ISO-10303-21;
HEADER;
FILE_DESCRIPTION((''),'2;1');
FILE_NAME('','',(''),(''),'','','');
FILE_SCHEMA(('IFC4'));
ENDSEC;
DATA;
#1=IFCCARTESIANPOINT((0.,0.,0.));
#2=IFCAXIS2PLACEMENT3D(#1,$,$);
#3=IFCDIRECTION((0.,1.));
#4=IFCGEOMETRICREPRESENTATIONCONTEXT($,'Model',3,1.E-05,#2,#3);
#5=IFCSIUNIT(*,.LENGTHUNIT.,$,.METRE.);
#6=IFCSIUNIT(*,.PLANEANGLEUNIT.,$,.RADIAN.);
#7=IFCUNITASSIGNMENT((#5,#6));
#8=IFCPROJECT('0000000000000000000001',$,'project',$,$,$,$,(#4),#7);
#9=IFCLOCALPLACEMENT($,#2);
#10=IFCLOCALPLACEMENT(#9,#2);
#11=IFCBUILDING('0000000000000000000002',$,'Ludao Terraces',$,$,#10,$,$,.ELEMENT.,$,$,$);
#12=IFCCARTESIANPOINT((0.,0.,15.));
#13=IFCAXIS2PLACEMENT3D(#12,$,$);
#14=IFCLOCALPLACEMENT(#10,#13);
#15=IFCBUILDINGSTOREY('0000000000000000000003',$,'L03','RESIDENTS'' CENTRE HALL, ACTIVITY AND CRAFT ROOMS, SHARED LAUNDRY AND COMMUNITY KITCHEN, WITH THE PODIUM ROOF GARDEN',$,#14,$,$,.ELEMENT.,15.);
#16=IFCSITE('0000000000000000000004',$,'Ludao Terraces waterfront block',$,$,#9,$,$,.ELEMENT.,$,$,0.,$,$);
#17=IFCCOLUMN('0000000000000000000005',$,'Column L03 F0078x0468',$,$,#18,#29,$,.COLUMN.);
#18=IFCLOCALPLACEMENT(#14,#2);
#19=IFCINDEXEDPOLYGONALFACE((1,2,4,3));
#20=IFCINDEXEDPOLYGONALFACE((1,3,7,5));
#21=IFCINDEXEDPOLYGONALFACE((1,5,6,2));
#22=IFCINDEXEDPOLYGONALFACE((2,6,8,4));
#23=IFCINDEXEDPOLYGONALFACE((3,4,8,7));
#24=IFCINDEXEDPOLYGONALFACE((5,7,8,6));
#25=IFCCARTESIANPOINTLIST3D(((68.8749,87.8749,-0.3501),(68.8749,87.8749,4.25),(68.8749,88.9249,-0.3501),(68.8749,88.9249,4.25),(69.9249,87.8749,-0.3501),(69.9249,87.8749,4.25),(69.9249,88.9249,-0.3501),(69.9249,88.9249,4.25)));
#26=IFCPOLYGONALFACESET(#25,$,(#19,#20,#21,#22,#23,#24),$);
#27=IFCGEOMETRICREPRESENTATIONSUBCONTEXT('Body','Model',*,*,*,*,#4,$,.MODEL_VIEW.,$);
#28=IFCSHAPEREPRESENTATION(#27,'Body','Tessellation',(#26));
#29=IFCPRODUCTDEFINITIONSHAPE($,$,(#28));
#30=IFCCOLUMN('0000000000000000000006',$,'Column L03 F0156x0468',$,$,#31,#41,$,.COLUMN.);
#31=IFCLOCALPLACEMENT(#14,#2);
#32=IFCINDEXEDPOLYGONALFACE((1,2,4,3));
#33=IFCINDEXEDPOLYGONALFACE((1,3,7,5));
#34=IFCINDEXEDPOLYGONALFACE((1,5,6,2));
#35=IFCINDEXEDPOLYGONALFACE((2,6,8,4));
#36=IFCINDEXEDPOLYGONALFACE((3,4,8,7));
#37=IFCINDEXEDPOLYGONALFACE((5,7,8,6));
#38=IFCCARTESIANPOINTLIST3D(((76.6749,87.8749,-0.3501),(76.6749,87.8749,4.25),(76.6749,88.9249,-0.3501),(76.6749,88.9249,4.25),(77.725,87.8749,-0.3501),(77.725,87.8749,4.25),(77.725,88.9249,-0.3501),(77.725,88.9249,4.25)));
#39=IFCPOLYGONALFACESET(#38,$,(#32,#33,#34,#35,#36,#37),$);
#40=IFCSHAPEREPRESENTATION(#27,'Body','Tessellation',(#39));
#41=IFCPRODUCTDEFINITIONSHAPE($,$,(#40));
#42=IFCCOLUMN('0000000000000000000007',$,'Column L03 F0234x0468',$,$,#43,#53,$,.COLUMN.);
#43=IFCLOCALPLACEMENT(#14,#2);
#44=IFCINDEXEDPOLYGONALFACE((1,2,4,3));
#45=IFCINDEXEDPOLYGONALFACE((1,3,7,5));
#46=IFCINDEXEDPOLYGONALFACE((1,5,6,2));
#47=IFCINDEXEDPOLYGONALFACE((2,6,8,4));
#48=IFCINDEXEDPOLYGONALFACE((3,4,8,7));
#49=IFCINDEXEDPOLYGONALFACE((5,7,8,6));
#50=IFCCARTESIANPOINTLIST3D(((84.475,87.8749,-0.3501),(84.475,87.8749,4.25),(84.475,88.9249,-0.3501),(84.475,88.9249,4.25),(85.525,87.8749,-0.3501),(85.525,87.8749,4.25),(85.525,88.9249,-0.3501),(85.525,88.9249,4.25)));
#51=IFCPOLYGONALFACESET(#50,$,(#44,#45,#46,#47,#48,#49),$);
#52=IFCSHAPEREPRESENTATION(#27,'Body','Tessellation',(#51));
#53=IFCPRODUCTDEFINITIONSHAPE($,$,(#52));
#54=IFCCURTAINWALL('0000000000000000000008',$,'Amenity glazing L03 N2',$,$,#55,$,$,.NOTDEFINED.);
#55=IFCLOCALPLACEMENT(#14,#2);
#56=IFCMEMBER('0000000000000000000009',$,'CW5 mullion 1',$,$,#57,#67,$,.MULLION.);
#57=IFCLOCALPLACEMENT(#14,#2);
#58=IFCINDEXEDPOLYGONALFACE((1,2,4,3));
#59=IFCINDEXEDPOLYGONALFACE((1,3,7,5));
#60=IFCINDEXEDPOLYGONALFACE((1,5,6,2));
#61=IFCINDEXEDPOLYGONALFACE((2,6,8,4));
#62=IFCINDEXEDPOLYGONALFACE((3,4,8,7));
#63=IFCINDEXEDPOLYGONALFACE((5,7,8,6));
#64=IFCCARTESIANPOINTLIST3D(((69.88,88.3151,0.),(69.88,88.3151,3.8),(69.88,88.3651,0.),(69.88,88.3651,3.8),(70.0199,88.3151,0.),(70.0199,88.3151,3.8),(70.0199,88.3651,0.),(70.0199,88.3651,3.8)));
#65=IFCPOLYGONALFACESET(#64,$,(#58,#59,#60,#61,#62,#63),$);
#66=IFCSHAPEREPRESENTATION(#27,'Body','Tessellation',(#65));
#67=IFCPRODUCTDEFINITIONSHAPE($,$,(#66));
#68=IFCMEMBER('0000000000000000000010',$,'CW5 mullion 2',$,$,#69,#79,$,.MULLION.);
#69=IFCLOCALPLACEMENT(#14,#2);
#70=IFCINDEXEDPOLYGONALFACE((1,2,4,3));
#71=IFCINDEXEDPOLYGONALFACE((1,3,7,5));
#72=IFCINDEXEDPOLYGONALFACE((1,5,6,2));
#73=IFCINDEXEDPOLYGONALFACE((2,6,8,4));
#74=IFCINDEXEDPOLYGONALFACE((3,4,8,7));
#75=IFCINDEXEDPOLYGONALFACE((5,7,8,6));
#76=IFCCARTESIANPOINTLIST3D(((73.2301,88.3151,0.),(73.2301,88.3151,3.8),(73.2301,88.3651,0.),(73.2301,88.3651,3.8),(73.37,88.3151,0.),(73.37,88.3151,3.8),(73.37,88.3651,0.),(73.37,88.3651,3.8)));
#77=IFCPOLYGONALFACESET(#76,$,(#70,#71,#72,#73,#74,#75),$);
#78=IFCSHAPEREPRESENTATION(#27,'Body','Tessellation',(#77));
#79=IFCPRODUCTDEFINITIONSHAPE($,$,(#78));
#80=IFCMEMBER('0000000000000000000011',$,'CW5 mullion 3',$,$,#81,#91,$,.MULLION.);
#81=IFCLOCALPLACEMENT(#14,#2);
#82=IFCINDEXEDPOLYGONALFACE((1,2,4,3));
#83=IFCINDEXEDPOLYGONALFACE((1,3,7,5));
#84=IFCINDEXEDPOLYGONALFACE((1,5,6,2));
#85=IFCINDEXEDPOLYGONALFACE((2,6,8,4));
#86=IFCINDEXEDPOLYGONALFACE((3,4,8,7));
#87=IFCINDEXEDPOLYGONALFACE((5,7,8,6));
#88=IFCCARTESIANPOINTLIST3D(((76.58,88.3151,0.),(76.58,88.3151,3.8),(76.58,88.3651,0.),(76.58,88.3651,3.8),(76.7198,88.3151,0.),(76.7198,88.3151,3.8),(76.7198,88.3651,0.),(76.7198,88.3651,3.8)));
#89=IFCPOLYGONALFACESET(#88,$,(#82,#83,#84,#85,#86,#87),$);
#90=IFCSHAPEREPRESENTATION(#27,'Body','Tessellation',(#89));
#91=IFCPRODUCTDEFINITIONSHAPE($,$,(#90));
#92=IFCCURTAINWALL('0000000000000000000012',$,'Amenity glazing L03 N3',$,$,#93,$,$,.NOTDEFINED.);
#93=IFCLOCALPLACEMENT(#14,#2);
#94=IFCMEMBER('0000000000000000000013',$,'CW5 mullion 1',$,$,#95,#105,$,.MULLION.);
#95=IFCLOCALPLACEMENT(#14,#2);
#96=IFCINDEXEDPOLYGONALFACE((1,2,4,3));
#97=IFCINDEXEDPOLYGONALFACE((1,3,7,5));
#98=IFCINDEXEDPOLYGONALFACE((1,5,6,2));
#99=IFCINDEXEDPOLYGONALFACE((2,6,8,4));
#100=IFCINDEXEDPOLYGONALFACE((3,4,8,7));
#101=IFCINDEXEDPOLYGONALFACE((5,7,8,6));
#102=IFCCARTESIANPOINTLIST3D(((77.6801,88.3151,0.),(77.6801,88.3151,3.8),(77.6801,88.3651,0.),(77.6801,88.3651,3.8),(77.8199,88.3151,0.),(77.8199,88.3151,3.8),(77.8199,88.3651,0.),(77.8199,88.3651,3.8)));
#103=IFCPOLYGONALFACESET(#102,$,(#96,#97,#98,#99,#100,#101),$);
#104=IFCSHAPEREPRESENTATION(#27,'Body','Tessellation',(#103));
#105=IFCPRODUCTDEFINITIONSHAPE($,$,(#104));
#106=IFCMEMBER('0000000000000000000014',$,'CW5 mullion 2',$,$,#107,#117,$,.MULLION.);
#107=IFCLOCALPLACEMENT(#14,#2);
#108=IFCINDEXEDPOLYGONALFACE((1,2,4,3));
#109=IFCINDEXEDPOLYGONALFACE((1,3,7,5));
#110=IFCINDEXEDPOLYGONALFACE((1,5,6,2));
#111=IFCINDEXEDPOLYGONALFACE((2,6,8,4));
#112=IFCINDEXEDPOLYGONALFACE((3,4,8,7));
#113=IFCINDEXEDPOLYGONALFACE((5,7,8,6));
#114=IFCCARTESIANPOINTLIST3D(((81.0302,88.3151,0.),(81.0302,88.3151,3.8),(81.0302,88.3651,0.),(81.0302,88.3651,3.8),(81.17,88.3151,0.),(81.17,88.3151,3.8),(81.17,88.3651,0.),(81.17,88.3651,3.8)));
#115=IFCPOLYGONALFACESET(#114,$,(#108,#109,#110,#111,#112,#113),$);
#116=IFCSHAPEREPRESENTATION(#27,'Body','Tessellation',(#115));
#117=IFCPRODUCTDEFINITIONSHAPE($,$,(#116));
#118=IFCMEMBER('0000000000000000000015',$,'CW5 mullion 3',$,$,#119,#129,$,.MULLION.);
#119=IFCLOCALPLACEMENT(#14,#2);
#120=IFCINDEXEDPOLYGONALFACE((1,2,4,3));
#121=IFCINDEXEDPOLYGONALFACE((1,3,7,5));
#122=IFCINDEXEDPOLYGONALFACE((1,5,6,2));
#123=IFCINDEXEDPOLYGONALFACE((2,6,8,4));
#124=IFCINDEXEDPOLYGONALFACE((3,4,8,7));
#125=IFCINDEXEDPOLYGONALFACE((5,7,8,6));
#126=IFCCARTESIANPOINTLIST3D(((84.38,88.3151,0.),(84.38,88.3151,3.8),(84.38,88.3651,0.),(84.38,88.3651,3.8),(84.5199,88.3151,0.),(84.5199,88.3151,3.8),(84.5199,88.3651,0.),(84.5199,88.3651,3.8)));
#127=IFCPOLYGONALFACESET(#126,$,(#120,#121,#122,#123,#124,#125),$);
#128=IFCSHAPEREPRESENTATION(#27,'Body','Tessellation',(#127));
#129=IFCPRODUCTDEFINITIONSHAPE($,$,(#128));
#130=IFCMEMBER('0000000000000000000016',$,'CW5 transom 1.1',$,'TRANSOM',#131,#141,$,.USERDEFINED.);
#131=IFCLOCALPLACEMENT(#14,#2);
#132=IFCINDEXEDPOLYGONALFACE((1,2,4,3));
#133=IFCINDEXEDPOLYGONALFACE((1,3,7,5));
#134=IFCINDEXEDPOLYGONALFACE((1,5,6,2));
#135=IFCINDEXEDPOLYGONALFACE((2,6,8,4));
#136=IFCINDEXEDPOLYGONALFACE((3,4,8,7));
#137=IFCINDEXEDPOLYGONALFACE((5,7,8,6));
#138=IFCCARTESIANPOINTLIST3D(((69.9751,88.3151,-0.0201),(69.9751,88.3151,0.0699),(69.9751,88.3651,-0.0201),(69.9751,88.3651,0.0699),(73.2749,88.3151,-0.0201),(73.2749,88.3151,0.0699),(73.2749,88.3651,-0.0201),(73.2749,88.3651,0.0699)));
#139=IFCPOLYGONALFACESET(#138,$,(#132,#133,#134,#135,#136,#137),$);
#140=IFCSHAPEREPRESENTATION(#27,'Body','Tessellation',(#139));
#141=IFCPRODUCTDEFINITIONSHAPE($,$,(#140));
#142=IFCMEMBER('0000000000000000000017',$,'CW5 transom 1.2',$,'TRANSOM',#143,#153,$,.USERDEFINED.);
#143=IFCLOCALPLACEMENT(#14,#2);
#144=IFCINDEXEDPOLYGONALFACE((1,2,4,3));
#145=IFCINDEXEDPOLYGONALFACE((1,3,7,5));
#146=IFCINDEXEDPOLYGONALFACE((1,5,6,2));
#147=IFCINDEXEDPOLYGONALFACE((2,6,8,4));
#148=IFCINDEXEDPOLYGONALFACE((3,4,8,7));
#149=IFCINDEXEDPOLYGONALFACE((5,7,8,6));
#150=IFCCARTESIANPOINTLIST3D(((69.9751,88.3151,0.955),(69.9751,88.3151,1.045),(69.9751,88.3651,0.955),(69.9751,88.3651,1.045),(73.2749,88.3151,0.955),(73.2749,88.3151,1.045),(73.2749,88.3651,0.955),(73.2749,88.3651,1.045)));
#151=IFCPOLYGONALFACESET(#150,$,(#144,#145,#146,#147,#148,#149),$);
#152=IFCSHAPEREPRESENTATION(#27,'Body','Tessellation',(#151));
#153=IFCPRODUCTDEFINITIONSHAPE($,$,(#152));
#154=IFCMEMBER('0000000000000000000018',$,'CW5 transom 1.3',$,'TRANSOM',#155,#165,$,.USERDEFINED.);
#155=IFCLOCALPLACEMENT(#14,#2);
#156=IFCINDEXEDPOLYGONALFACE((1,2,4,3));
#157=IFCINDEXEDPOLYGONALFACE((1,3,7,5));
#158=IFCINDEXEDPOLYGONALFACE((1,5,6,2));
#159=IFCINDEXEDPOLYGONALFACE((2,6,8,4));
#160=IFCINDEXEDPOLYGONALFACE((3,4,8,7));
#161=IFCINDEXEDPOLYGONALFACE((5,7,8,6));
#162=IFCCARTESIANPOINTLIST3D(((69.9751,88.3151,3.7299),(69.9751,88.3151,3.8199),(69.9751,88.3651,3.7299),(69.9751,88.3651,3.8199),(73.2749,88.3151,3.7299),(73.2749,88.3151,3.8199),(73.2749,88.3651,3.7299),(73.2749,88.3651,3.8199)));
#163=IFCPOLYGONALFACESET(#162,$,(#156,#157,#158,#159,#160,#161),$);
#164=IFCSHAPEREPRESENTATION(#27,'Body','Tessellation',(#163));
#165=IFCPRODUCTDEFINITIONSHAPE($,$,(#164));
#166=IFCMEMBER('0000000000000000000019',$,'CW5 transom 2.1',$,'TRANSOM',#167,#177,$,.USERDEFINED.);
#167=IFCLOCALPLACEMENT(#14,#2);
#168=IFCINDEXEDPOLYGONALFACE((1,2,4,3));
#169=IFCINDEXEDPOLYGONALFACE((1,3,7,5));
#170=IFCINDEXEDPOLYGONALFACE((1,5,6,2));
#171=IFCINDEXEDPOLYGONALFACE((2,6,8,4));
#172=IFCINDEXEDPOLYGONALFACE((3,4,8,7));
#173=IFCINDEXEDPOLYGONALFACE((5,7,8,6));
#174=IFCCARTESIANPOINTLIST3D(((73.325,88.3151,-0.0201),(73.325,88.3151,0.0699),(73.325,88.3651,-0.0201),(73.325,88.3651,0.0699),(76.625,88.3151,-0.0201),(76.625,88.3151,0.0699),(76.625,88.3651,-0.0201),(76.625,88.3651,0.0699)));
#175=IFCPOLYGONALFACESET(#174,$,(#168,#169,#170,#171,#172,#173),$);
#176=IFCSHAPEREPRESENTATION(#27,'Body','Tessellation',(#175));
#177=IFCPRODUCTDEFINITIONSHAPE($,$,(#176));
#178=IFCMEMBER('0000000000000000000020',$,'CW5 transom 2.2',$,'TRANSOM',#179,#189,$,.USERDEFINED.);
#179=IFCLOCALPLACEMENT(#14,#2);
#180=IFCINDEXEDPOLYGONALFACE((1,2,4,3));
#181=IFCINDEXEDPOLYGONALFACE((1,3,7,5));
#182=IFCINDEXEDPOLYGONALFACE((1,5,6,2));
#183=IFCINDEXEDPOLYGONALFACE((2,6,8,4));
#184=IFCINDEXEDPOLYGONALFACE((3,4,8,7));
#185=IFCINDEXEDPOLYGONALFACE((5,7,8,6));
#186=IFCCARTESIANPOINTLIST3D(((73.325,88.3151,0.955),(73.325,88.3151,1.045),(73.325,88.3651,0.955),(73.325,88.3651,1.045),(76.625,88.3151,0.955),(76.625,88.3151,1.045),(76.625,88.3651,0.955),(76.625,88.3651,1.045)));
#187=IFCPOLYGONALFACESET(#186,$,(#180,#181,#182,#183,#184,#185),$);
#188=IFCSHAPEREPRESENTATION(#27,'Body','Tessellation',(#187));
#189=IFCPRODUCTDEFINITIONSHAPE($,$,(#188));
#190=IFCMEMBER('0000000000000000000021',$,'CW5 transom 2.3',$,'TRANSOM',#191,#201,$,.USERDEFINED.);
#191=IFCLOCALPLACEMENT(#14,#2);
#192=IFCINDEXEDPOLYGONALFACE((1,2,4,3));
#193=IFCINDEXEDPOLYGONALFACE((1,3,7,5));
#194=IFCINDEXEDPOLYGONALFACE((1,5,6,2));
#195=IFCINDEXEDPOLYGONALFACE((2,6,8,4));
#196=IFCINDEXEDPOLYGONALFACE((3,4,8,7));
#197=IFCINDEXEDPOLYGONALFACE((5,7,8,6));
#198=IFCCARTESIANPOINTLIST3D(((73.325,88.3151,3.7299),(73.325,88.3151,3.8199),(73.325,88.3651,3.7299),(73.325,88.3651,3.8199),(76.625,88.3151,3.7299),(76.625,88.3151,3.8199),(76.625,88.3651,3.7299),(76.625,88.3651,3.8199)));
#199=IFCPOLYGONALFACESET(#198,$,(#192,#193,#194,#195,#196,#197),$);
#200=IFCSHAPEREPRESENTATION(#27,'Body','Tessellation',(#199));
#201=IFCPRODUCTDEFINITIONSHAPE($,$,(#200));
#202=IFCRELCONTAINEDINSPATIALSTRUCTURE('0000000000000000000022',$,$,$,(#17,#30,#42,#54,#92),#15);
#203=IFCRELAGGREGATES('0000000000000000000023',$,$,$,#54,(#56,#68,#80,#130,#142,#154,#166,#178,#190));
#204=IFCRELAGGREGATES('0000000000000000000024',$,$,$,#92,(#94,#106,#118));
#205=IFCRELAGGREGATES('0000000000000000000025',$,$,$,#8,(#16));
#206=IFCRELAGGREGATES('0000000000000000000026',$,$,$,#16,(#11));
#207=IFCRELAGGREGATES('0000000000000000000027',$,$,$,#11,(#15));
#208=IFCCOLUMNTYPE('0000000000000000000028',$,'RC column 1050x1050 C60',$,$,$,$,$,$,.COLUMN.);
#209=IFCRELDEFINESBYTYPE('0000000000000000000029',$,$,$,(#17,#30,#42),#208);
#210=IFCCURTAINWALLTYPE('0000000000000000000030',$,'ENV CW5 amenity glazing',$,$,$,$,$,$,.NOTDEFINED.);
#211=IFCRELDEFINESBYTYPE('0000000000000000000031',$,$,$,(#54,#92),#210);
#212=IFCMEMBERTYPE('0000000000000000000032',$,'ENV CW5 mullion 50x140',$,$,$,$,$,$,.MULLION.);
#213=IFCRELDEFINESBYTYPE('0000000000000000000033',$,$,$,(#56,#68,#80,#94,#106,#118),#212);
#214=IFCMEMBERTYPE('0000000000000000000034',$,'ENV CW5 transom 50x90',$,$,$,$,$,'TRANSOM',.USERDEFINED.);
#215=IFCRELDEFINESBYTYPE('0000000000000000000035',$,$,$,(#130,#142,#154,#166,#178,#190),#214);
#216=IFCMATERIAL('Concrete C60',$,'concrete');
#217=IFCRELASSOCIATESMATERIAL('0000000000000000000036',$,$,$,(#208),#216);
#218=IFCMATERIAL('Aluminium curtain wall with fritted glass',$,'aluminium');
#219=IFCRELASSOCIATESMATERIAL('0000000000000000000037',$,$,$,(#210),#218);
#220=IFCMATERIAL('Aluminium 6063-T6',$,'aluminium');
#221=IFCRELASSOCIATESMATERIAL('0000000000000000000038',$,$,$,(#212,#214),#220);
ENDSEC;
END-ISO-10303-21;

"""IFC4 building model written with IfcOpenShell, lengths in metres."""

from ifc_helpers import new_model, si_unit, direction, frame, origin, origin_2d, place, context, subcontext, project, spatial, rectangle, extrude, material, material_profile, profile_set, type_object, element, aggregate, save


model = new_model("IFC4")

# Units and contexts
model_context = context("Model", 3, precision=1e-05, world=origin(), true_north=direction((0.0, 1.0)))
body_context = subcontext(model_context, "Body", "Model", "MODEL_VIEW")
ifc_project = project(units=[si_unit("LENGTHUNIT", "METRE"), si_unit("PLANEANGLEUNIT", "RADIAN")], contexts=[model_context])

# Site, building, storey
site_placement = place(None, origin())
site = spatial("IfcSite", under=ifc_project, at=site_placement, Name="Ludao Terraces waterfront block", CompositionType="ELEMENT", RefElevation=0.0)
building_placement = place(site_placement, origin())
building = spatial("IfcBuilding", under=site, at=building_placement, Name="Ludao Terraces", CompositionType="ELEMENT")
storey_placement = place(building_placement, frame((0.0, 0.0, 15.0)))
storey = spatial("IfcBuildingStorey", under=building, at=storey_placement, Name="L03", Description="RESIDENTS' CENTRE HALL, ACTIVITY AND CRAFT ROOMS, SHARED LAUNDRY AND COMMUNITY KITCHEN, WITH THE PODIUM ROOF GARDEN", CompositionType="ELEMENT", Elevation=15.0)

# Columns
ifc_material_1 = material(Name="Concrete C60", Category="concrete")
ifc_material_profile_1 = material_profile(ifc_material_1, rectangle(XDim=1.05, YDim=1.05, at=origin_2d()), Name="1050 X 1050")
ifc_profile_set_1 = profile_set([ifc_material_profile_1], Name="Concrete C60")
column_type = type_object("IfcColumnType", Name="RC column 1050x1050 C60", PredefinedType="COLUMN", material=ifc_profile_set_1)
for number, where, z_axis, x_axis, name in (
    (1, (69.3999, 88.3999, -0.3501), (0.0, 0.0, 1.0), (1.0, 0.0, 0.0), "Column L03 F0078x0468"),
    (2, (77.2, 88.3999, -0.3501), (0.0, 0.0, 1.0), (1.0, 0.0, 0.0), "Column L03 F0156x0468"),
    (3, (85.0, 88.3999, -0.3501), (0.0, 0.0, 1.0), (1.0, 0.0, 0.0), "Column L03 F0234x0468"),
):
    element("IfcColumn", number, at=place(storey_placement, frame(where, z_axis=z_axis, x_axis=x_axis)), inside=storey, type_object=column_type, Name=name, PredefinedType="COLUMN", context=body_context, shape_type="SweptSolid", body=[
        extrude(rectangle(XDim=1.05, YDim=1.05, at=origin_2d()), origin(), (0.0, 0.0, 1.0), 4.6001),
    ])

# Curtain walls, members
ifc_material_2 = material(Name="Aluminium curtain wall with fritted glass", Category="aluminium")
curtain_wall_type = type_object("IfcCurtainWallType", Name="ENV CW5 amenity glazing", PredefinedType="NOTDEFINED", material=ifc_material_2)
curtain_wall_1_placement = place(storey_placement, origin())
curtain_wall_1 = element("IfcCurtainWall", 4, at=curtain_wall_1_placement, inside=storey, type_object=curtain_wall_type, Name="Amenity glazing L03 N2", PredefinedType="NOTDEFINED")
ifc_material_3 = material(Name="Aluminium 6063-T6", Category="aluminium")
ifc_material_profile_2 = material_profile(ifc_material_3, rectangle(XDim=0.05, YDim=0.1399, at=origin_2d()), Name="50 X 140")
ifc_profile_set_2 = profile_set([ifc_material_profile_2], Name="Aluminium 6063-T6")
member_type_1 = type_object("IfcMemberType", Name="ENV CW5 mullion 50x140", PredefinedType="MULLION", material=ifc_profile_set_2)
member_1_placement = place(storey_placement, frame((69.95, 88.3401, 0.0), z_axis=(0.0, 0.0, 1.0), x_axis=(0.0, 1.0, 0.0)))
member_1 = element("IfcMember", 5, at=member_1_placement, type_object=member_type_1, Name="CW5 mullion 1", PredefinedType="MULLION", context=body_context, shape_type="SweptSolid", body=[
    extrude(rectangle(XDim=0.05, YDim=0.1399, at=origin_2d()), origin(), (0.0, 0.0, 1.0), 3.8),
])
member_2_placement = place(storey_placement, frame((73.3, 88.3401, 0.0), z_axis=(0.0, 0.0, 1.0), x_axis=(0.0, 1.0, 0.0)))
member_2 = element("IfcMember", 6, at=member_2_placement, type_object=member_type_1, Name="CW5 mullion 2", PredefinedType="MULLION", context=body_context, shape_type="SweptSolid", body=[
    extrude(rectangle(XDim=0.05, YDim=0.1399, at=origin_2d()), origin(), (0.0, 0.0, 1.0), 3.8),
])
member_3_placement = place(storey_placement, frame((76.6499, 88.3401, 0.0), z_axis=(0.0, 0.0, 1.0), x_axis=(0.0, 1.0, 0.0)))
member_3 = element("IfcMember", 7, at=member_3_placement, type_object=member_type_1, Name="CW5 mullion 3", PredefinedType="MULLION", context=body_context, shape_type="SweptSolid", body=[
    extrude(rectangle(XDim=0.05, YDim=0.1399, at=origin_2d()), origin(), (0.0, 0.0, 1.0), 3.8),
])
curtain_wall_2_placement = place(storey_placement, origin())
curtain_wall_2 = element("IfcCurtainWall", 8, at=curtain_wall_2_placement, inside=storey, type_object=curtain_wall_type, Name="Amenity glazing L03 N3", PredefinedType="NOTDEFINED")
member_4_placement = place(storey_placement, frame((77.75, 88.3401, 0.0), z_axis=(0.0, 0.0, 1.0), x_axis=(0.0, 1.0, 0.0)))
member_4 = element("IfcMember", 9, at=member_4_placement, type_object=member_type_1, Name="CW5 mullion 1", PredefinedType="MULLION", context=body_context, shape_type="SweptSolid", body=[
    extrude(rectangle(XDim=0.05, YDim=0.1399, at=origin_2d()), origin(), (0.0, 0.0, 1.0), 3.8),
])
member_5_placement = place(storey_placement, frame((81.1001, 88.3401, 0.0), z_axis=(0.0, 0.0, 1.0), x_axis=(0.0, 1.0, 0.0)))
member_5 = element("IfcMember", 10, at=member_5_placement, type_object=member_type_1, Name="CW5 mullion 2", PredefinedType="MULLION", context=body_context, shape_type="SweptSolid", body=[
    extrude(rectangle(XDim=0.05, YDim=0.1399, at=origin_2d()), origin(), (0.0, 0.0, 1.0), 3.8),
])
member_6_placement = place(storey_placement, frame((84.45, 88.3401, 0.0), z_axis=(0.0, 0.0, 1.0), x_axis=(0.0, 1.0, 0.0)))
member_6 = element("IfcMember", 11, at=member_6_placement, type_object=member_type_1, Name="CW5 mullion 3", PredefinedType="MULLION", context=body_context, shape_type="SweptSolid", body=[
    extrude(rectangle(XDim=0.05, YDim=0.1399, at=origin_2d()), origin(), (0.0, 0.0, 1.0), 3.8),
])

# Members
ifc_material_profile_3 = material_profile(ifc_material_3, rectangle(XDim=0.05, YDim=0.0901, at=origin_2d()), Name="50 X 90")
ifc_profile_set_3 = profile_set([ifc_material_profile_3], Name="Aluminium 6063-T6")
member_type_2 = type_object("IfcMemberType", Name="ENV CW5 transom 50x90", ElementType="TRANSOM", PredefinedType="USERDEFINED", material=ifc_profile_set_3)
member_7_placement = place(storey_placement, frame((69.9751, 88.3401, 0.0249), z_axis=(1.0, 0.0, 0.0), x_axis=(0.0, 1.0, 0.0)))
member_7 = element("IfcMember", 12, at=member_7_placement, type_object=member_type_2, Name="CW5 transom 1.1", ObjectType="TRANSOM", PredefinedType="USERDEFINED", context=body_context, shape_type="SweptSolid", body=[
    extrude(rectangle(XDim=0.05, YDim=0.0901, at=origin_2d()), origin(), (0.0, 0.0, 1.0), 3.2998),
])
member_8_placement = place(storey_placement, frame((69.9751, 88.3401, 1.0), z_axis=(1.0, 0.0, 0.0), x_axis=(0.0, 1.0, 0.0)))
member_8 = element("IfcMember", 13, at=member_8_placement, type_object=member_type_2, Name="CW5 transom 1.2", ObjectType="TRANSOM", PredefinedType="USERDEFINED", context=body_context, shape_type="SweptSolid", body=[
    extrude(rectangle(XDim=0.05, YDim=0.0901, at=origin_2d()), origin(), (0.0, 0.0, 1.0), 3.2998),
])
member_9_placement = place(storey_placement, frame((69.9751, 88.3401, 3.7749), z_axis=(1.0, 0.0, 0.0), x_axis=(0.0, 1.0, 0.0)))
member_9 = element("IfcMember", 14, at=member_9_placement, type_object=member_type_2, Name="CW5 transom 1.3", ObjectType="TRANSOM", PredefinedType="USERDEFINED", context=body_context, shape_type="SweptSolid", body=[
    extrude(rectangle(XDim=0.05, YDim=0.0901, at=origin_2d()), origin(), (0.0, 0.0, 1.0), 3.2998),
])
member_10_placement = place(storey_placement, frame((73.325, 88.3401, 0.0249), z_axis=(1.0, 0.0, 0.0), x_axis=(0.0, 1.0, 0.0)))
member_10 = element("IfcMember", 15, at=member_10_placement, type_object=member_type_2, Name="CW5 transom 2.1", ObjectType="TRANSOM", PredefinedType="USERDEFINED", context=body_context, shape_type="SweptSolid", body=[
    extrude(rectangle(XDim=0.05, YDim=0.0901, at=origin_2d()), origin(), (0.0, 0.0, 1.0), 3.3),
])
member_11_placement = place(storey_placement, frame((73.325, 88.3401, 1.0), z_axis=(1.0, 0.0, 0.0), x_axis=(0.0, 1.0, 0.0)))
member_11 = element("IfcMember", 16, at=member_11_placement, type_object=member_type_2, Name="CW5 transom 2.2", ObjectType="TRANSOM", PredefinedType="USERDEFINED", context=body_context, shape_type="SweptSolid", body=[
    extrude(rectangle(XDim=0.05, YDim=0.0901, at=origin_2d()), origin(), (0.0, 0.0, 1.0), 3.3),
])
member_12_placement = place(storey_placement, frame((73.325, 88.3401, 3.7749), z_axis=(1.0, 0.0, 0.0), x_axis=(0.0, 1.0, 0.0)))
member_12 = element("IfcMember", 17, at=member_12_placement, type_object=member_type_2, Name="CW5 transom 2.3", ObjectType="TRANSOM", PredefinedType="USERDEFINED", context=body_context, shape_type="SweptSolid", body=[
    extrude(rectangle(XDim=0.05, YDim=0.0901, at=origin_2d()), origin(), (0.0, 0.0, 1.0), 3.3),
])

aggregate(curtain_wall_1, [member_1, member_2, member_3, member_7, member_8, member_9, member_10, member_11, member_12])
aggregate(curtain_wall_2, [member_4, member_5, member_6])

save(model, "model.ifc")
